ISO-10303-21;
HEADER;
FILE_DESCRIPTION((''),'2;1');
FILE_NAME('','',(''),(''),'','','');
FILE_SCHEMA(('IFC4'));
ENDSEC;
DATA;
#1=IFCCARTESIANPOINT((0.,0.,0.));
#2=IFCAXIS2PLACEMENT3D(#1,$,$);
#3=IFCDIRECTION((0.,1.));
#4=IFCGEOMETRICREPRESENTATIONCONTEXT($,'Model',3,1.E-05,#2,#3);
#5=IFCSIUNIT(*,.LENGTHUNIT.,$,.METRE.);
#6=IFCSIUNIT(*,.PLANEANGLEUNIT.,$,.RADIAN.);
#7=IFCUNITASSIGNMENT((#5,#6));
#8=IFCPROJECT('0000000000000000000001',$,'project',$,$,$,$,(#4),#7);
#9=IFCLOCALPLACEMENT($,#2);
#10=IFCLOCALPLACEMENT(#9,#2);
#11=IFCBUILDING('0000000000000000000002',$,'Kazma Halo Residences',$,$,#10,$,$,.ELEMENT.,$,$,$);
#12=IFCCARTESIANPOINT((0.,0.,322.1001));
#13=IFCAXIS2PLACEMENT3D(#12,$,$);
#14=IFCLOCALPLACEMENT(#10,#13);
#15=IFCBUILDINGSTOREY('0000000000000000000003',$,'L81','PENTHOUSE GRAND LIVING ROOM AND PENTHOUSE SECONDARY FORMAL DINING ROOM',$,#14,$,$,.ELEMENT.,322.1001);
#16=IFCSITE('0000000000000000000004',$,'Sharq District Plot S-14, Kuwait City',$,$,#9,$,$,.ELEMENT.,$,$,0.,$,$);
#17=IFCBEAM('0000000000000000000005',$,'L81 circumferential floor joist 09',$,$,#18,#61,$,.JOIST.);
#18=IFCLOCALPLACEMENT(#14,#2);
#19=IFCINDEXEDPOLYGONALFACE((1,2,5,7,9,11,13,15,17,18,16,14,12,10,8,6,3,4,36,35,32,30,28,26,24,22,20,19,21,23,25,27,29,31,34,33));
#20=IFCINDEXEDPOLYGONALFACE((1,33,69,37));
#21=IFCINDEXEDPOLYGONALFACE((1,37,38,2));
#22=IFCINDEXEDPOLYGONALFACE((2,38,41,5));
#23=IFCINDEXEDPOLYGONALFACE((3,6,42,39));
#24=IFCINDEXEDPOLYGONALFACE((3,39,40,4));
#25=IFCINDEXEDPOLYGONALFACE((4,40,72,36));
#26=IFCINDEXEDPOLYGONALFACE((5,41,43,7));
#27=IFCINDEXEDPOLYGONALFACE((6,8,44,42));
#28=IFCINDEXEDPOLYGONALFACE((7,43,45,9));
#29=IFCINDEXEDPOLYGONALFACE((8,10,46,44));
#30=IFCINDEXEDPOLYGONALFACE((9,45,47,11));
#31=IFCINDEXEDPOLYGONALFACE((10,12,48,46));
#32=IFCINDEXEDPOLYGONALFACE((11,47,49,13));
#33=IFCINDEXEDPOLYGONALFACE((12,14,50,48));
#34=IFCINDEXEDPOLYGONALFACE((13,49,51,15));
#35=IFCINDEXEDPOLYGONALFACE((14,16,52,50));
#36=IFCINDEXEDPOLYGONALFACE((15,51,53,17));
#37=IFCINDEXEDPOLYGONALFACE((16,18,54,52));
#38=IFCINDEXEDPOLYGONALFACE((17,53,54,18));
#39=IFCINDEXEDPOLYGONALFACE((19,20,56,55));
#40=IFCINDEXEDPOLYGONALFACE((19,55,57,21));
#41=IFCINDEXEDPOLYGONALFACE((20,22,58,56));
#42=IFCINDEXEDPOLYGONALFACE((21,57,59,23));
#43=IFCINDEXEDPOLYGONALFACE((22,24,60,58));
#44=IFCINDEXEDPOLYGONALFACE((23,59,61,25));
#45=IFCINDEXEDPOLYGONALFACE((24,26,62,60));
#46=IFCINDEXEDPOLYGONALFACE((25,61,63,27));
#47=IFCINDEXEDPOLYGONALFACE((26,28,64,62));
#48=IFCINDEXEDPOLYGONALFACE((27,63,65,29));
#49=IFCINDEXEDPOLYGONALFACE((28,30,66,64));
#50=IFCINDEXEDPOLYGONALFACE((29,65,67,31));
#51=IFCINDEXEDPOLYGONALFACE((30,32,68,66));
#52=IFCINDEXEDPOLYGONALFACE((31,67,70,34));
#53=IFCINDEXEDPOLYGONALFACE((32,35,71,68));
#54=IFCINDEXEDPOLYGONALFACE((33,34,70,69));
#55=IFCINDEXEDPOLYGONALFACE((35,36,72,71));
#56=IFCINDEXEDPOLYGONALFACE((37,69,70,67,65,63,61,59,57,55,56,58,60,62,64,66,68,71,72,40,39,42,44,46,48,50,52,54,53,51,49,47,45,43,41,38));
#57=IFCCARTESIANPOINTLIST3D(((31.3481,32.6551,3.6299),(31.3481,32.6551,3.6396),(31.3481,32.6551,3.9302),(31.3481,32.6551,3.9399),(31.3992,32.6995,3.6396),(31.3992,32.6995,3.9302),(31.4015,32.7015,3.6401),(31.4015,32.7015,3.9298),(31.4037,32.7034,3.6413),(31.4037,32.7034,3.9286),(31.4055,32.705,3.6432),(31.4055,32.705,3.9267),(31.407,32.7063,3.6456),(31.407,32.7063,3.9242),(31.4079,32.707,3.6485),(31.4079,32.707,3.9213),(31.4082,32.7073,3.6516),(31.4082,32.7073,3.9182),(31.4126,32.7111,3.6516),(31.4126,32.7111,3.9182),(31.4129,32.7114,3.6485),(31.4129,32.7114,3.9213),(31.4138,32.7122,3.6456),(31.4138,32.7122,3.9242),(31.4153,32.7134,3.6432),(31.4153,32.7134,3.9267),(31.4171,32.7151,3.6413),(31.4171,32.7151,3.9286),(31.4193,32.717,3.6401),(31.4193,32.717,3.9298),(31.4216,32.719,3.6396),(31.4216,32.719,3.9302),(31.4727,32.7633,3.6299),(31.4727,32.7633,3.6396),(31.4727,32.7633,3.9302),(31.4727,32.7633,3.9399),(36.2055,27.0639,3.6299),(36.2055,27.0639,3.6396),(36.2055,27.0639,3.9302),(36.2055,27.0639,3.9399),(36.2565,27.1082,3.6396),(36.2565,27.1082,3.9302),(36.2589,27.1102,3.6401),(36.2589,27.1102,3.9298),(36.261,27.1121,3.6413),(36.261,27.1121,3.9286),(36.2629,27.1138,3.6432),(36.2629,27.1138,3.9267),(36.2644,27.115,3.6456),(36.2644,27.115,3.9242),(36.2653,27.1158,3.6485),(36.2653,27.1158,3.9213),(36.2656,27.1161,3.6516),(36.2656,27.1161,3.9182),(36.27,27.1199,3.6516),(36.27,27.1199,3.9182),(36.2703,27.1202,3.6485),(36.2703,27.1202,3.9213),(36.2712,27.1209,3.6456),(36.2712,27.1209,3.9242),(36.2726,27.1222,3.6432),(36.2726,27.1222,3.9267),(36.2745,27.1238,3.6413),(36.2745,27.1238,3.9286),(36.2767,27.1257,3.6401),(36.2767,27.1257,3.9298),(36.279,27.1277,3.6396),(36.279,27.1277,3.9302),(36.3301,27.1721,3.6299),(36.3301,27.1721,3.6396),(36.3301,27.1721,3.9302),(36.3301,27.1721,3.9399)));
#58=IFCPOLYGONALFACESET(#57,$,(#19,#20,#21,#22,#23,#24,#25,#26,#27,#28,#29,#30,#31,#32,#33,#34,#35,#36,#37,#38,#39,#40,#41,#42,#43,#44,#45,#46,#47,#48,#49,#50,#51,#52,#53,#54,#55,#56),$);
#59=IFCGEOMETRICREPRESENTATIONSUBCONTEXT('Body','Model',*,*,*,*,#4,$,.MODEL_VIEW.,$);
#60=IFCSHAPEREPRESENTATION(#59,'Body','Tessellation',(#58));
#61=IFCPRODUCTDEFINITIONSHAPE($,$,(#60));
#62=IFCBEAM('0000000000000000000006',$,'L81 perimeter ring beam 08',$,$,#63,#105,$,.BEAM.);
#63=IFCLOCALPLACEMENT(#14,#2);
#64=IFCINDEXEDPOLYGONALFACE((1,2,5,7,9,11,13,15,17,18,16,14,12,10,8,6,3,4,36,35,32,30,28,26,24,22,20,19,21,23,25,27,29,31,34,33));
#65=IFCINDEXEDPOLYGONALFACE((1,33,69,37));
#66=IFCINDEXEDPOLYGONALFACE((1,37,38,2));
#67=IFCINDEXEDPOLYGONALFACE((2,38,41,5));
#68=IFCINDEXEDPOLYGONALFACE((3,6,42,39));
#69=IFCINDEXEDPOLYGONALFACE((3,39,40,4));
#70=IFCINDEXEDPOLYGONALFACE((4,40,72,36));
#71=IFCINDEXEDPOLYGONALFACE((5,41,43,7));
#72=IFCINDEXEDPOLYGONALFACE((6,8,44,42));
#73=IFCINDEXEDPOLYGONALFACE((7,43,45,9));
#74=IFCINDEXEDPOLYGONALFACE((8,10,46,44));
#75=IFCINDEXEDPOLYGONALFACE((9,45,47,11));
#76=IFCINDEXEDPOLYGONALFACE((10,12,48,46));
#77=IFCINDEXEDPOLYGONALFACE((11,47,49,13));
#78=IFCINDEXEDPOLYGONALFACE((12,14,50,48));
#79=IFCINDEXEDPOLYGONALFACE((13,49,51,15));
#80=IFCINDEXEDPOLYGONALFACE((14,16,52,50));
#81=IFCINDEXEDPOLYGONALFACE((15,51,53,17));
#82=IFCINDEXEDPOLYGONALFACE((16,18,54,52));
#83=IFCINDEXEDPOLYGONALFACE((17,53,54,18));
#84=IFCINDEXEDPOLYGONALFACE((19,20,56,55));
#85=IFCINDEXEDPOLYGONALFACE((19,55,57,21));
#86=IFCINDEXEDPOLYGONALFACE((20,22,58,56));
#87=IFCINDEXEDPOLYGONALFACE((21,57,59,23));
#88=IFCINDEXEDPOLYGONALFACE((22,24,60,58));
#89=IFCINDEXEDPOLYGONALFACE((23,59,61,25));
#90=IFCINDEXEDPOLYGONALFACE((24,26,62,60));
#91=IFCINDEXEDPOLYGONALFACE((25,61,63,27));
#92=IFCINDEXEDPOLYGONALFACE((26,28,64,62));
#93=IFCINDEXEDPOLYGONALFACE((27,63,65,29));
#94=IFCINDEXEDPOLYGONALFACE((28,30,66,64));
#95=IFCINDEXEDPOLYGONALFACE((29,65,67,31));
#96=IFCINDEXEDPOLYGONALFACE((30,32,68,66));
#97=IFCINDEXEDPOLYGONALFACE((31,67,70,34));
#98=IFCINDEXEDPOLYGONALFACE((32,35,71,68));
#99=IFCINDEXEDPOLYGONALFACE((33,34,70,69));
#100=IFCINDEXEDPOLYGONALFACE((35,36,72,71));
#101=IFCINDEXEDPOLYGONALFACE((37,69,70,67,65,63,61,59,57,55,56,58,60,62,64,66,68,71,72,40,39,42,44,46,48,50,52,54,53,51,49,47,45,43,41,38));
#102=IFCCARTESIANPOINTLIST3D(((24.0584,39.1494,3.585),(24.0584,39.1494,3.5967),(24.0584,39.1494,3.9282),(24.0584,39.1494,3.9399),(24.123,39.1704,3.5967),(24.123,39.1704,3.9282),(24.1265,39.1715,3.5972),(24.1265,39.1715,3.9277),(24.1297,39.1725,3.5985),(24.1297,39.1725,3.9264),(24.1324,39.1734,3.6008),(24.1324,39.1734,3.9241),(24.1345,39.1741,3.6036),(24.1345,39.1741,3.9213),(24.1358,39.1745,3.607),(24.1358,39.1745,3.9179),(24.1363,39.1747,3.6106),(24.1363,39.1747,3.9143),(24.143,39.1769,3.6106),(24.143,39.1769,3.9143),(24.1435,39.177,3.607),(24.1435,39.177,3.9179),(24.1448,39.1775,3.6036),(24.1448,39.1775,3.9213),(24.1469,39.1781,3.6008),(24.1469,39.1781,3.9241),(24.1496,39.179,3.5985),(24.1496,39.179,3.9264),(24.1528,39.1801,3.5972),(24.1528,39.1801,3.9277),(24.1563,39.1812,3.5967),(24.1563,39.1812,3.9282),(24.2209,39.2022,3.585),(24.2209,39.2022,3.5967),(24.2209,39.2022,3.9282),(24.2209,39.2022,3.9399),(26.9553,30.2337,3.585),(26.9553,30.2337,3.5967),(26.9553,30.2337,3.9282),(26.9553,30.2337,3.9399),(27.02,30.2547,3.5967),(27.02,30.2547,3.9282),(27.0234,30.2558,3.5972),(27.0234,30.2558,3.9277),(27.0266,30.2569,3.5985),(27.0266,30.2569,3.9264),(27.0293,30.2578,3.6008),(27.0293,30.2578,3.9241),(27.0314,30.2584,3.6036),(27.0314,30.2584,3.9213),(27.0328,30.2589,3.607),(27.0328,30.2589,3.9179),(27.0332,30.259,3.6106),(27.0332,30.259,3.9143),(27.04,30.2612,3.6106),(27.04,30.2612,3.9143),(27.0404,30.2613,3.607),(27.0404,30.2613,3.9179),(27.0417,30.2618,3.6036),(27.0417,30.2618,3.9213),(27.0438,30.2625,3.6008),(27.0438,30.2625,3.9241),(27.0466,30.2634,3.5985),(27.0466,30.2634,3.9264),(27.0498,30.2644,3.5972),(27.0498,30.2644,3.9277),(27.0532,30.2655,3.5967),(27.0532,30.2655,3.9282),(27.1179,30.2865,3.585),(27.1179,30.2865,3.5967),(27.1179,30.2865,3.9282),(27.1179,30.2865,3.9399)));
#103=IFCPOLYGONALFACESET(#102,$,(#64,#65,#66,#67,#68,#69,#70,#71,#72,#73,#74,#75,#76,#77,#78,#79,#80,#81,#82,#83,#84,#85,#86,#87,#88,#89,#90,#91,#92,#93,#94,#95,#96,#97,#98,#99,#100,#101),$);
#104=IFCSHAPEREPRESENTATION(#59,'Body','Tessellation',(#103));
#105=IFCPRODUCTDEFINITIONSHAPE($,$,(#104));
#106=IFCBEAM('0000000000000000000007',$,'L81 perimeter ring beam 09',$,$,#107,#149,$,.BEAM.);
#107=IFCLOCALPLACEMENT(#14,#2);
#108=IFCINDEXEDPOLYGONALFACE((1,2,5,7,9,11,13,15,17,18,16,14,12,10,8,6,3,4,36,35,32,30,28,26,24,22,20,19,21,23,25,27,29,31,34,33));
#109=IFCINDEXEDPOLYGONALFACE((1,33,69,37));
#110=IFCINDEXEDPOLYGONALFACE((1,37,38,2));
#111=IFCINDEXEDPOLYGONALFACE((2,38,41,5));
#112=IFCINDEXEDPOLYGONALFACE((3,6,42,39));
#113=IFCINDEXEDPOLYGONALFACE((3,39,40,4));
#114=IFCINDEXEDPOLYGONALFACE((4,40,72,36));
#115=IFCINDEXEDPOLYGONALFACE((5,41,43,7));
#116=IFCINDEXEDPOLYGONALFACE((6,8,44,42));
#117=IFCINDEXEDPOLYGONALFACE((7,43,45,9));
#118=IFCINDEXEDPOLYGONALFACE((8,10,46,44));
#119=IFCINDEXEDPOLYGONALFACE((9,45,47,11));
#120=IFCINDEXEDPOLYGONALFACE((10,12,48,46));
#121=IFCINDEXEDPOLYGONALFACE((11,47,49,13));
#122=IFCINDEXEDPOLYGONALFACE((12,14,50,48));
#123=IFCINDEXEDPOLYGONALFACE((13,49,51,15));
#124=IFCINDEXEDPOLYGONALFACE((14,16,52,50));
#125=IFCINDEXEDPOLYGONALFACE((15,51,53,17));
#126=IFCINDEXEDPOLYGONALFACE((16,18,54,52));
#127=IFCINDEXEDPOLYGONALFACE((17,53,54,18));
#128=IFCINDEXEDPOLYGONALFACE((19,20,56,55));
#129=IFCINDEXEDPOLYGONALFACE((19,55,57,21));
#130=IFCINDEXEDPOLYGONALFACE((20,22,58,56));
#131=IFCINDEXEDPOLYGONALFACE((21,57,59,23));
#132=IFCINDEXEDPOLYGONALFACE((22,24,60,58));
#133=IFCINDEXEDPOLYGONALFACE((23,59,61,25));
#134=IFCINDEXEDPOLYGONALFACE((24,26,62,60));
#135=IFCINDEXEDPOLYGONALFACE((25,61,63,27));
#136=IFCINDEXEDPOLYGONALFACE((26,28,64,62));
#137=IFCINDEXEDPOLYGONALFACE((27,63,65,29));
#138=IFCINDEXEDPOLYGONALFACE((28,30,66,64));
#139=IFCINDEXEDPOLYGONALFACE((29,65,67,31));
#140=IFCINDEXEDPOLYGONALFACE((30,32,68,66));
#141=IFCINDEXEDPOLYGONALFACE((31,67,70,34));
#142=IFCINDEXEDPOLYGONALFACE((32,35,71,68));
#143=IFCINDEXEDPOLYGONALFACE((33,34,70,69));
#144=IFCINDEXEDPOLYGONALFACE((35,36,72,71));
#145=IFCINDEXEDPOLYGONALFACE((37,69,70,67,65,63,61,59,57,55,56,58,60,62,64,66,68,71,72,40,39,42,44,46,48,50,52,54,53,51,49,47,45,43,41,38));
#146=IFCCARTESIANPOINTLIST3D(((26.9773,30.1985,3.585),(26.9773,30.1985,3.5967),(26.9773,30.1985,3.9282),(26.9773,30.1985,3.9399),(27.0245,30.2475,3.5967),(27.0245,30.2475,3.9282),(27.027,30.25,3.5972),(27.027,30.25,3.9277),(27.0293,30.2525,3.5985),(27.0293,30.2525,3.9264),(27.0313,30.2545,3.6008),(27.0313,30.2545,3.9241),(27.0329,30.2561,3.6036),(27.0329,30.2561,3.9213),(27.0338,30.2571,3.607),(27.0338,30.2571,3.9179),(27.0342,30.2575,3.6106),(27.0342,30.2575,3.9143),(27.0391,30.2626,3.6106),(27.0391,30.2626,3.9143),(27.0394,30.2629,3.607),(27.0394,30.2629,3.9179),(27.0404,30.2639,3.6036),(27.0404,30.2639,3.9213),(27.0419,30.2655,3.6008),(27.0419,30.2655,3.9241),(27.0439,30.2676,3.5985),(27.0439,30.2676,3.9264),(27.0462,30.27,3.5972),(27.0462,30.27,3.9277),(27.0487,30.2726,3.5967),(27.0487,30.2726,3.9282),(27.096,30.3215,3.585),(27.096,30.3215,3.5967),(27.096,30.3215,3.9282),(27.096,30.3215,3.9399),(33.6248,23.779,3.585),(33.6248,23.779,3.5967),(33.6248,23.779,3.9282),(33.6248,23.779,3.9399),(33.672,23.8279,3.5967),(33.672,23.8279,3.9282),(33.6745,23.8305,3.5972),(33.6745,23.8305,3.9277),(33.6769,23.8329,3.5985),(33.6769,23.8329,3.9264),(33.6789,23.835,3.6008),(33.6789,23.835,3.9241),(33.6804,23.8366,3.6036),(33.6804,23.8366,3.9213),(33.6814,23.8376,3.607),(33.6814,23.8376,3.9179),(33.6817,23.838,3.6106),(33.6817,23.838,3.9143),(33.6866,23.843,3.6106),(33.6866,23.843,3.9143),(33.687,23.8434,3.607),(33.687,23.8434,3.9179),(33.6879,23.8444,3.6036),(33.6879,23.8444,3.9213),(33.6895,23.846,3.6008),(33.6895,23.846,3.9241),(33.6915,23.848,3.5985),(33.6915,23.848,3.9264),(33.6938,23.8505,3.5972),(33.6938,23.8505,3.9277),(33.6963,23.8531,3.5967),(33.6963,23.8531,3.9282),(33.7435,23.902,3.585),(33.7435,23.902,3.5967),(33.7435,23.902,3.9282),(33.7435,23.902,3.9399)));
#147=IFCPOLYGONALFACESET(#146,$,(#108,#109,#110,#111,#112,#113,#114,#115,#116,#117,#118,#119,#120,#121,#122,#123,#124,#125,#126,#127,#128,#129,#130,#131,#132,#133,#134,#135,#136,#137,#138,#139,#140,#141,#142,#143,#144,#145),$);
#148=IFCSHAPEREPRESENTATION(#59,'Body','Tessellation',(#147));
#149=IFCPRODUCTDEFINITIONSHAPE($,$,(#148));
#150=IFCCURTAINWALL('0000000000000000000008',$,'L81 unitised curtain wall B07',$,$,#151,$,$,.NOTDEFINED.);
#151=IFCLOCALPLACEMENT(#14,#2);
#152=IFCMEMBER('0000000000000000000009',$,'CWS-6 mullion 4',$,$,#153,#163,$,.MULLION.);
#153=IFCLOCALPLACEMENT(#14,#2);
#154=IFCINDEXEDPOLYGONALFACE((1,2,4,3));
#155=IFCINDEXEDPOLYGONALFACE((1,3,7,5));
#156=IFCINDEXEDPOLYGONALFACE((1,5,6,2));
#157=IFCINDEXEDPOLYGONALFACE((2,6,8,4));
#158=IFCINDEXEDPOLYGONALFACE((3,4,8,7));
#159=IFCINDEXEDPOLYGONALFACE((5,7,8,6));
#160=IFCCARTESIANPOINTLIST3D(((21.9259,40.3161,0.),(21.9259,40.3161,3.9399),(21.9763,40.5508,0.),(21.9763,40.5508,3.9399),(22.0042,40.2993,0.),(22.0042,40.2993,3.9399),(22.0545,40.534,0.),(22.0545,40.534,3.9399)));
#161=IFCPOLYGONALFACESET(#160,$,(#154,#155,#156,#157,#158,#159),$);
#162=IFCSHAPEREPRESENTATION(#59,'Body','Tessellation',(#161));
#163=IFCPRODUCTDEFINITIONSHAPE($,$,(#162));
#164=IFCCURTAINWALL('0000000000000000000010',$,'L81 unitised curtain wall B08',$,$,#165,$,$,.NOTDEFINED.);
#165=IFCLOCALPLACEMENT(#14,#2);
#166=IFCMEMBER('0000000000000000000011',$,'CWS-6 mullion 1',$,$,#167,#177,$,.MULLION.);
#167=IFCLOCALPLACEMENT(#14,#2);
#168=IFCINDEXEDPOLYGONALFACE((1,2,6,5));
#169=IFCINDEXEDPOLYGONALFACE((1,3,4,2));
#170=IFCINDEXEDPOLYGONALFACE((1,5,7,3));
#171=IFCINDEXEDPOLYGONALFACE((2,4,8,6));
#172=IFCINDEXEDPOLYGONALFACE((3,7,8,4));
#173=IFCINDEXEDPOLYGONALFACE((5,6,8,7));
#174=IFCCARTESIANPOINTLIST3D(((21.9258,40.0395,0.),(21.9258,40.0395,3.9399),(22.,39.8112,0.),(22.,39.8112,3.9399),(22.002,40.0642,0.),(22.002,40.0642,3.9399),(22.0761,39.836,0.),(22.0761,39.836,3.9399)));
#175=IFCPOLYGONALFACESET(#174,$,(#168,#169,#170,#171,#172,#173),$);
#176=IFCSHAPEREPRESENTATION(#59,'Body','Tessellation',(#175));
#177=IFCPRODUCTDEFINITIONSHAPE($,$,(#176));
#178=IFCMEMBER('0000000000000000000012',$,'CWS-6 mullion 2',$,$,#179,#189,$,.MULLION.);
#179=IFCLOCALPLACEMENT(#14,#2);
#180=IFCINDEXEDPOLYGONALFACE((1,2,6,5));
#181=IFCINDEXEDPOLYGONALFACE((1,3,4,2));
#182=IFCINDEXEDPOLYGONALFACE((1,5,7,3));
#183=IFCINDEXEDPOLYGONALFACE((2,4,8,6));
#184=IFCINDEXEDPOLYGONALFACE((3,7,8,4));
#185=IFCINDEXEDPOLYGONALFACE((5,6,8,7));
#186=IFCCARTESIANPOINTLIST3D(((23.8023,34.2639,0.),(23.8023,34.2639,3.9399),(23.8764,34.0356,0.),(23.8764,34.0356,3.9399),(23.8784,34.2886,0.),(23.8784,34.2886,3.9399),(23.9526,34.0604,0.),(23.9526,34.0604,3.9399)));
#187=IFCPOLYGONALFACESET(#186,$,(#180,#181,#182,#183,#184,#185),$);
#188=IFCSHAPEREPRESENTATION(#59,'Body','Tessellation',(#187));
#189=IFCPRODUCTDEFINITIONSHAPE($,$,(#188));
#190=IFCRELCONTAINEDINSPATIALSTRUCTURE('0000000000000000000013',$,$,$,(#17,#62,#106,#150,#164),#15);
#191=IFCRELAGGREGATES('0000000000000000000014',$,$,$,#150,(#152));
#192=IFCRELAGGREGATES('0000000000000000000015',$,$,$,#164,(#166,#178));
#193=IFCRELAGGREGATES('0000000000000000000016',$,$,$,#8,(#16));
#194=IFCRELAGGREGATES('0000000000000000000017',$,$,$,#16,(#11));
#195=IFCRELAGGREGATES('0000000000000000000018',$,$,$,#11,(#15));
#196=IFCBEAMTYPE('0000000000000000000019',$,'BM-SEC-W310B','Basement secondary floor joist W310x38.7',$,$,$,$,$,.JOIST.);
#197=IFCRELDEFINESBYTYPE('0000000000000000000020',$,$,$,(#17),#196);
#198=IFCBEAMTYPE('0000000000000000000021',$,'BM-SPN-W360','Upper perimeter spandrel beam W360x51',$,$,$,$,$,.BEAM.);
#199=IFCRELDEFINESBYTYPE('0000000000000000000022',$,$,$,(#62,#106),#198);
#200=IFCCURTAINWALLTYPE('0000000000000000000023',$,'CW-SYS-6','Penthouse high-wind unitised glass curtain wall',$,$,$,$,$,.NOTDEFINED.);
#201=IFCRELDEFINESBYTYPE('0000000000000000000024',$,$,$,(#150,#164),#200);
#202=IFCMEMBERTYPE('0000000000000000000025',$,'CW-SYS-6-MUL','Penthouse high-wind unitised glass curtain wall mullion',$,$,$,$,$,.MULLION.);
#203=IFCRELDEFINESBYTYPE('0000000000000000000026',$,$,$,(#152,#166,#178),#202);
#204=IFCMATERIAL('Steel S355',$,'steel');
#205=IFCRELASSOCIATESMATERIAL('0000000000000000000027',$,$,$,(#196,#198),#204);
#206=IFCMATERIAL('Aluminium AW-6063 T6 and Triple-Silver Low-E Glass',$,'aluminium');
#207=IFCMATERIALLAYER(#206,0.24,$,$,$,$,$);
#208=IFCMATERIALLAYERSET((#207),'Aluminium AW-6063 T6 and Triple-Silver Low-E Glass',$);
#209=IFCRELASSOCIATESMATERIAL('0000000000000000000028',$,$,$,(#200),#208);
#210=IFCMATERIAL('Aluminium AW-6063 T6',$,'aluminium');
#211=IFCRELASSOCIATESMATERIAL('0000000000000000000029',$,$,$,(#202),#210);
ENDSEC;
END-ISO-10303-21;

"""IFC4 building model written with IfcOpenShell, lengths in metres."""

from ifc_helpers import new_model, si_unit, direction, frame, origin, origin_2d, place, context, subcontext, project, spatial, rectangle, i_section, extrude, material, layer, layer_set, material_profile, profile_set, type_object, element, aggregate, save


model = new_model("IFC4")

# Units and contexts
model_context = context("Model", 3, precision=1e-05, world=origin(), true_north=direction((0.0, 1.0)))
body_context = subcontext(model_context, "Body", "Model", "MODEL_VIEW")
ifc_project = project(units=[si_unit("LENGTHUNIT", "METRE"), si_unit("PLANEANGLEUNIT", "RADIAN")], contexts=[model_context])

# Site, building, storey
site_placement = place(None, origin())
site = spatial("IfcSite", under=ifc_project, at=site_placement, Name="Sharq District Plot S-14, Kuwait City", CompositionType="ELEMENT", RefElevation=0.0)
building_placement = place(site_placement, origin())
building = spatial("IfcBuilding", under=site, at=building_placement, Name="Kazma Halo Residences", CompositionType="ELEMENT")
storey_placement = place(building_placement, frame((0.0, 0.0, 322.1001)))
storey = spatial("IfcBuildingStorey", under=building, at=storey_placement, Name="L81", Description="PENTHOUSE GRAND LIVING ROOM AND PENTHOUSE SECONDARY FORMAL DINING ROOM", CompositionType="ELEMENT", Elevation=322.1001)

# Beams
ifc_material_1 = material(Name="Steel S355", Category="steel")
ifc_material_profile_1 = material_profile(ifc_material_1, i_section(OverallWidth=0.165, OverallDepth=0.3101, WebThickness=0.0059, FlangeThickness=0.0098, FilletRadius=0.012, at=origin_2d()), Name="W310x38.7")
ifc_profile_set_1 = profile_set([ifc_material_profile_1], Name="Steel S355")
beam_type_1 = type_object("IfcBeamType", Name="BM-SEC-W310B", Description="Basement secondary floor joist W310x38.7", PredefinedType="JOIST", material=ifc_profile_set_1)
beam_1_placement = place(storey_placement, frame((31.4104, 32.7092, 3.7849), z_axis=(0.655826, -0.754912, 0.0), x_axis=(0.754912, 0.655826, 0.0)))
element("IfcBeam", 1, at=beam_1_placement, inside=storey, type_object=beam_type_1, Name="L81 circumferential floor joist 09", PredefinedType="JOIST", context=body_context, shape_type="SweptSolid", body=[
    extrude(i_section(OverallWidth=0.165, OverallDepth=0.3101, WebThickness=0.0059, FlangeThickness=0.0098, FilletRadius=0.012, at=origin_2d()), origin(), (0.0, 0.0, 1.0), 7.4065),
])
ifc_material_profile_2 = material_profile(ifc_material_1, i_section(OverallWidth=0.1709, OverallDepth=0.355, WebThickness=0.0071, FlangeThickness=0.0117, FilletRadius=0.0139, at=origin_2d()), Name="W360x51")
ifc_profile_set_2 = profile_set([ifc_material_profile_2], Name="Steel S355")
beam_type_2 = type_object("IfcBeamType", Name="BM-SPN-W360", Description="Upper perimeter spandrel beam W360x51", PredefinedType="BEAM", material=ifc_profile_set_2)
beam_2_placement = place(storey_placement, frame((24.1396, 39.1758, 3.7625), z_axis=(0.309023, -0.951055, 0.0), x_axis=(0.951055, 0.309023, 0.0)))
element("IfcBeam", 2, at=beam_2_placement, inside=storey, type_object=beam_type_2, Name="L81 perimeter ring beam 08", PredefinedType="BEAM", context=body_context, shape_type="SweptSolid", body=[
    extrude(i_section(OverallWidth=0.1709, OverallDepth=0.355, WebThickness=0.0071, FlangeThickness=0.0117, FilletRadius=0.0139, at=origin_2d()), origin(), (0.0, 0.0, 1.0), 9.3745),
])
beam_3_placement = place(storey_placement, frame((27.0366, 30.26, 3.7625), z_axis=(0.719337, -0.694661, 0.0), x_axis=(0.694661, 0.719337, 0.0)))
element("IfcBeam", 3, at=beam_3_placement, inside=storey, type_object=beam_type_2, Name="L81 perimeter ring beam 09", PredefinedType="BEAM", context=body_context, shape_type="SweptSolid", body=[
    extrude(i_section(OverallWidth=0.1709, OverallDepth=0.355, WebThickness=0.0071, FlangeThickness=0.0117, FilletRadius=0.0139, at=origin_2d()), origin(), (0.0, 0.0, 1.0), 9.2412),
])

# Curtain wall, member
ifc_material_2 = material(Name="Aluminium AW-6063 T6 and Triple-Silver Low-E Glass", Category="aluminium")
ifc_layer_1 = layer(ifc_material_2, 0.24)
ifc_layer_set_1 = layer_set([ifc_layer_1], Name="Aluminium AW-6063 T6 and Triple-Silver Low-E Glass")
curtain_wall_type = type_object("IfcCurtainWallType", Name="CW-SYS-6", Description="Penthouse high-wind unitised glass curtain wall", PredefinedType="NOTDEFINED", material=ifc_layer_set_1)
curtain_wall_1_placement = place(storey_placement, origin())
curtain_wall_1 = element("IfcCurtainWall", 4, at=curtain_wall_1_placement, inside=storey, type_object=curtain_wall_type, Name="L81 unitised curtain wall B07", PredefinedType="NOTDEFINED")
ifc_material_3 = material(Name="Aluminium AW-6063 T6", Category="aluminium")
ifc_material_profile_3 = material_profile(ifc_material_3, rectangle(XDim=0.0801, YDim=0.24, at=origin_2d()), Name="CWM-80x240")
ifc_profile_set_3 = profile_set([ifc_material_profile_3], Name="Aluminium AW-6063 T6")
member_type_1 = type_object("IfcMemberType", Name="CW-SYS-6-MUL", Description="Penthouse high-wind unitised glass curtain wall mullion", PredefinedType="MULLION", material=ifc_profile_set_3)
member_1_placement = place(storey_placement, frame((21.9902, 40.425, 0.0), z_axis=(0.0, 0.0, 1.0), x_axis=(0.977761, -0.209723, 0.0)))
member_1 = element("IfcMember", 5, at=member_1_placement, type_object=member_type_1, Name="CWS-6 mullion 4", PredefinedType="MULLION", context=body_context, shape_type="SweptSolid", body=[
    extrude(rectangle(XDim=0.0801, YDim=0.24, at=origin_2d()), origin(), (0.0, 0.0, 1.0), 3.9399),
])
aggregate(curtain_wall_1, [member_1])

# Curtain wall, members
curtain_wall_2_placement = place(storey_placement, origin())
curtain_wall_2 = element("IfcCurtainWall", 6, at=curtain_wall_2_placement, inside=storey, type_object=curtain_wall_type, Name="L81 unitised curtain wall B08", PredefinedType="NOTDEFINED")
member_2_placement = place(storey_placement, frame((22.001, 39.9377, 0.0), z_axis=(0.0, 0.0, 1.0), x_axis=(0.951056, 0.309019, 0.0)))
member_2 = element("IfcMember", 7, at=member_2_placement, type_object=member_type_1, Name="CWS-6 mullion 1", PredefinedType="MULLION", context=body_context, shape_type="SweptSolid", body=[
    extrude(rectangle(XDim=0.0801, YDim=0.24, at=origin_2d()), origin(), (0.0, 0.0, 1.0), 3.9399),
])
member_3_placement = place(storey_placement, frame((23.8774, 34.1621, 0.0), z_axis=(0.0, 0.0, 1.0), x_axis=(0.951056, 0.309019, 0.0)))
member_3 = element("IfcMember", 8, at=member_3_placement, type_object=member_type_1, Name="CWS-6 mullion 2", PredefinedType="MULLION", context=body_context, shape_type="SweptSolid", body=[
    extrude(rectangle(XDim=0.0801, YDim=0.24, at=origin_2d()), origin(), (0.0, 0.0, 1.0), 3.9399),
])
aggregate(curtain_wall_2, [member_2, member_3])

save(model, "model.ifc")
